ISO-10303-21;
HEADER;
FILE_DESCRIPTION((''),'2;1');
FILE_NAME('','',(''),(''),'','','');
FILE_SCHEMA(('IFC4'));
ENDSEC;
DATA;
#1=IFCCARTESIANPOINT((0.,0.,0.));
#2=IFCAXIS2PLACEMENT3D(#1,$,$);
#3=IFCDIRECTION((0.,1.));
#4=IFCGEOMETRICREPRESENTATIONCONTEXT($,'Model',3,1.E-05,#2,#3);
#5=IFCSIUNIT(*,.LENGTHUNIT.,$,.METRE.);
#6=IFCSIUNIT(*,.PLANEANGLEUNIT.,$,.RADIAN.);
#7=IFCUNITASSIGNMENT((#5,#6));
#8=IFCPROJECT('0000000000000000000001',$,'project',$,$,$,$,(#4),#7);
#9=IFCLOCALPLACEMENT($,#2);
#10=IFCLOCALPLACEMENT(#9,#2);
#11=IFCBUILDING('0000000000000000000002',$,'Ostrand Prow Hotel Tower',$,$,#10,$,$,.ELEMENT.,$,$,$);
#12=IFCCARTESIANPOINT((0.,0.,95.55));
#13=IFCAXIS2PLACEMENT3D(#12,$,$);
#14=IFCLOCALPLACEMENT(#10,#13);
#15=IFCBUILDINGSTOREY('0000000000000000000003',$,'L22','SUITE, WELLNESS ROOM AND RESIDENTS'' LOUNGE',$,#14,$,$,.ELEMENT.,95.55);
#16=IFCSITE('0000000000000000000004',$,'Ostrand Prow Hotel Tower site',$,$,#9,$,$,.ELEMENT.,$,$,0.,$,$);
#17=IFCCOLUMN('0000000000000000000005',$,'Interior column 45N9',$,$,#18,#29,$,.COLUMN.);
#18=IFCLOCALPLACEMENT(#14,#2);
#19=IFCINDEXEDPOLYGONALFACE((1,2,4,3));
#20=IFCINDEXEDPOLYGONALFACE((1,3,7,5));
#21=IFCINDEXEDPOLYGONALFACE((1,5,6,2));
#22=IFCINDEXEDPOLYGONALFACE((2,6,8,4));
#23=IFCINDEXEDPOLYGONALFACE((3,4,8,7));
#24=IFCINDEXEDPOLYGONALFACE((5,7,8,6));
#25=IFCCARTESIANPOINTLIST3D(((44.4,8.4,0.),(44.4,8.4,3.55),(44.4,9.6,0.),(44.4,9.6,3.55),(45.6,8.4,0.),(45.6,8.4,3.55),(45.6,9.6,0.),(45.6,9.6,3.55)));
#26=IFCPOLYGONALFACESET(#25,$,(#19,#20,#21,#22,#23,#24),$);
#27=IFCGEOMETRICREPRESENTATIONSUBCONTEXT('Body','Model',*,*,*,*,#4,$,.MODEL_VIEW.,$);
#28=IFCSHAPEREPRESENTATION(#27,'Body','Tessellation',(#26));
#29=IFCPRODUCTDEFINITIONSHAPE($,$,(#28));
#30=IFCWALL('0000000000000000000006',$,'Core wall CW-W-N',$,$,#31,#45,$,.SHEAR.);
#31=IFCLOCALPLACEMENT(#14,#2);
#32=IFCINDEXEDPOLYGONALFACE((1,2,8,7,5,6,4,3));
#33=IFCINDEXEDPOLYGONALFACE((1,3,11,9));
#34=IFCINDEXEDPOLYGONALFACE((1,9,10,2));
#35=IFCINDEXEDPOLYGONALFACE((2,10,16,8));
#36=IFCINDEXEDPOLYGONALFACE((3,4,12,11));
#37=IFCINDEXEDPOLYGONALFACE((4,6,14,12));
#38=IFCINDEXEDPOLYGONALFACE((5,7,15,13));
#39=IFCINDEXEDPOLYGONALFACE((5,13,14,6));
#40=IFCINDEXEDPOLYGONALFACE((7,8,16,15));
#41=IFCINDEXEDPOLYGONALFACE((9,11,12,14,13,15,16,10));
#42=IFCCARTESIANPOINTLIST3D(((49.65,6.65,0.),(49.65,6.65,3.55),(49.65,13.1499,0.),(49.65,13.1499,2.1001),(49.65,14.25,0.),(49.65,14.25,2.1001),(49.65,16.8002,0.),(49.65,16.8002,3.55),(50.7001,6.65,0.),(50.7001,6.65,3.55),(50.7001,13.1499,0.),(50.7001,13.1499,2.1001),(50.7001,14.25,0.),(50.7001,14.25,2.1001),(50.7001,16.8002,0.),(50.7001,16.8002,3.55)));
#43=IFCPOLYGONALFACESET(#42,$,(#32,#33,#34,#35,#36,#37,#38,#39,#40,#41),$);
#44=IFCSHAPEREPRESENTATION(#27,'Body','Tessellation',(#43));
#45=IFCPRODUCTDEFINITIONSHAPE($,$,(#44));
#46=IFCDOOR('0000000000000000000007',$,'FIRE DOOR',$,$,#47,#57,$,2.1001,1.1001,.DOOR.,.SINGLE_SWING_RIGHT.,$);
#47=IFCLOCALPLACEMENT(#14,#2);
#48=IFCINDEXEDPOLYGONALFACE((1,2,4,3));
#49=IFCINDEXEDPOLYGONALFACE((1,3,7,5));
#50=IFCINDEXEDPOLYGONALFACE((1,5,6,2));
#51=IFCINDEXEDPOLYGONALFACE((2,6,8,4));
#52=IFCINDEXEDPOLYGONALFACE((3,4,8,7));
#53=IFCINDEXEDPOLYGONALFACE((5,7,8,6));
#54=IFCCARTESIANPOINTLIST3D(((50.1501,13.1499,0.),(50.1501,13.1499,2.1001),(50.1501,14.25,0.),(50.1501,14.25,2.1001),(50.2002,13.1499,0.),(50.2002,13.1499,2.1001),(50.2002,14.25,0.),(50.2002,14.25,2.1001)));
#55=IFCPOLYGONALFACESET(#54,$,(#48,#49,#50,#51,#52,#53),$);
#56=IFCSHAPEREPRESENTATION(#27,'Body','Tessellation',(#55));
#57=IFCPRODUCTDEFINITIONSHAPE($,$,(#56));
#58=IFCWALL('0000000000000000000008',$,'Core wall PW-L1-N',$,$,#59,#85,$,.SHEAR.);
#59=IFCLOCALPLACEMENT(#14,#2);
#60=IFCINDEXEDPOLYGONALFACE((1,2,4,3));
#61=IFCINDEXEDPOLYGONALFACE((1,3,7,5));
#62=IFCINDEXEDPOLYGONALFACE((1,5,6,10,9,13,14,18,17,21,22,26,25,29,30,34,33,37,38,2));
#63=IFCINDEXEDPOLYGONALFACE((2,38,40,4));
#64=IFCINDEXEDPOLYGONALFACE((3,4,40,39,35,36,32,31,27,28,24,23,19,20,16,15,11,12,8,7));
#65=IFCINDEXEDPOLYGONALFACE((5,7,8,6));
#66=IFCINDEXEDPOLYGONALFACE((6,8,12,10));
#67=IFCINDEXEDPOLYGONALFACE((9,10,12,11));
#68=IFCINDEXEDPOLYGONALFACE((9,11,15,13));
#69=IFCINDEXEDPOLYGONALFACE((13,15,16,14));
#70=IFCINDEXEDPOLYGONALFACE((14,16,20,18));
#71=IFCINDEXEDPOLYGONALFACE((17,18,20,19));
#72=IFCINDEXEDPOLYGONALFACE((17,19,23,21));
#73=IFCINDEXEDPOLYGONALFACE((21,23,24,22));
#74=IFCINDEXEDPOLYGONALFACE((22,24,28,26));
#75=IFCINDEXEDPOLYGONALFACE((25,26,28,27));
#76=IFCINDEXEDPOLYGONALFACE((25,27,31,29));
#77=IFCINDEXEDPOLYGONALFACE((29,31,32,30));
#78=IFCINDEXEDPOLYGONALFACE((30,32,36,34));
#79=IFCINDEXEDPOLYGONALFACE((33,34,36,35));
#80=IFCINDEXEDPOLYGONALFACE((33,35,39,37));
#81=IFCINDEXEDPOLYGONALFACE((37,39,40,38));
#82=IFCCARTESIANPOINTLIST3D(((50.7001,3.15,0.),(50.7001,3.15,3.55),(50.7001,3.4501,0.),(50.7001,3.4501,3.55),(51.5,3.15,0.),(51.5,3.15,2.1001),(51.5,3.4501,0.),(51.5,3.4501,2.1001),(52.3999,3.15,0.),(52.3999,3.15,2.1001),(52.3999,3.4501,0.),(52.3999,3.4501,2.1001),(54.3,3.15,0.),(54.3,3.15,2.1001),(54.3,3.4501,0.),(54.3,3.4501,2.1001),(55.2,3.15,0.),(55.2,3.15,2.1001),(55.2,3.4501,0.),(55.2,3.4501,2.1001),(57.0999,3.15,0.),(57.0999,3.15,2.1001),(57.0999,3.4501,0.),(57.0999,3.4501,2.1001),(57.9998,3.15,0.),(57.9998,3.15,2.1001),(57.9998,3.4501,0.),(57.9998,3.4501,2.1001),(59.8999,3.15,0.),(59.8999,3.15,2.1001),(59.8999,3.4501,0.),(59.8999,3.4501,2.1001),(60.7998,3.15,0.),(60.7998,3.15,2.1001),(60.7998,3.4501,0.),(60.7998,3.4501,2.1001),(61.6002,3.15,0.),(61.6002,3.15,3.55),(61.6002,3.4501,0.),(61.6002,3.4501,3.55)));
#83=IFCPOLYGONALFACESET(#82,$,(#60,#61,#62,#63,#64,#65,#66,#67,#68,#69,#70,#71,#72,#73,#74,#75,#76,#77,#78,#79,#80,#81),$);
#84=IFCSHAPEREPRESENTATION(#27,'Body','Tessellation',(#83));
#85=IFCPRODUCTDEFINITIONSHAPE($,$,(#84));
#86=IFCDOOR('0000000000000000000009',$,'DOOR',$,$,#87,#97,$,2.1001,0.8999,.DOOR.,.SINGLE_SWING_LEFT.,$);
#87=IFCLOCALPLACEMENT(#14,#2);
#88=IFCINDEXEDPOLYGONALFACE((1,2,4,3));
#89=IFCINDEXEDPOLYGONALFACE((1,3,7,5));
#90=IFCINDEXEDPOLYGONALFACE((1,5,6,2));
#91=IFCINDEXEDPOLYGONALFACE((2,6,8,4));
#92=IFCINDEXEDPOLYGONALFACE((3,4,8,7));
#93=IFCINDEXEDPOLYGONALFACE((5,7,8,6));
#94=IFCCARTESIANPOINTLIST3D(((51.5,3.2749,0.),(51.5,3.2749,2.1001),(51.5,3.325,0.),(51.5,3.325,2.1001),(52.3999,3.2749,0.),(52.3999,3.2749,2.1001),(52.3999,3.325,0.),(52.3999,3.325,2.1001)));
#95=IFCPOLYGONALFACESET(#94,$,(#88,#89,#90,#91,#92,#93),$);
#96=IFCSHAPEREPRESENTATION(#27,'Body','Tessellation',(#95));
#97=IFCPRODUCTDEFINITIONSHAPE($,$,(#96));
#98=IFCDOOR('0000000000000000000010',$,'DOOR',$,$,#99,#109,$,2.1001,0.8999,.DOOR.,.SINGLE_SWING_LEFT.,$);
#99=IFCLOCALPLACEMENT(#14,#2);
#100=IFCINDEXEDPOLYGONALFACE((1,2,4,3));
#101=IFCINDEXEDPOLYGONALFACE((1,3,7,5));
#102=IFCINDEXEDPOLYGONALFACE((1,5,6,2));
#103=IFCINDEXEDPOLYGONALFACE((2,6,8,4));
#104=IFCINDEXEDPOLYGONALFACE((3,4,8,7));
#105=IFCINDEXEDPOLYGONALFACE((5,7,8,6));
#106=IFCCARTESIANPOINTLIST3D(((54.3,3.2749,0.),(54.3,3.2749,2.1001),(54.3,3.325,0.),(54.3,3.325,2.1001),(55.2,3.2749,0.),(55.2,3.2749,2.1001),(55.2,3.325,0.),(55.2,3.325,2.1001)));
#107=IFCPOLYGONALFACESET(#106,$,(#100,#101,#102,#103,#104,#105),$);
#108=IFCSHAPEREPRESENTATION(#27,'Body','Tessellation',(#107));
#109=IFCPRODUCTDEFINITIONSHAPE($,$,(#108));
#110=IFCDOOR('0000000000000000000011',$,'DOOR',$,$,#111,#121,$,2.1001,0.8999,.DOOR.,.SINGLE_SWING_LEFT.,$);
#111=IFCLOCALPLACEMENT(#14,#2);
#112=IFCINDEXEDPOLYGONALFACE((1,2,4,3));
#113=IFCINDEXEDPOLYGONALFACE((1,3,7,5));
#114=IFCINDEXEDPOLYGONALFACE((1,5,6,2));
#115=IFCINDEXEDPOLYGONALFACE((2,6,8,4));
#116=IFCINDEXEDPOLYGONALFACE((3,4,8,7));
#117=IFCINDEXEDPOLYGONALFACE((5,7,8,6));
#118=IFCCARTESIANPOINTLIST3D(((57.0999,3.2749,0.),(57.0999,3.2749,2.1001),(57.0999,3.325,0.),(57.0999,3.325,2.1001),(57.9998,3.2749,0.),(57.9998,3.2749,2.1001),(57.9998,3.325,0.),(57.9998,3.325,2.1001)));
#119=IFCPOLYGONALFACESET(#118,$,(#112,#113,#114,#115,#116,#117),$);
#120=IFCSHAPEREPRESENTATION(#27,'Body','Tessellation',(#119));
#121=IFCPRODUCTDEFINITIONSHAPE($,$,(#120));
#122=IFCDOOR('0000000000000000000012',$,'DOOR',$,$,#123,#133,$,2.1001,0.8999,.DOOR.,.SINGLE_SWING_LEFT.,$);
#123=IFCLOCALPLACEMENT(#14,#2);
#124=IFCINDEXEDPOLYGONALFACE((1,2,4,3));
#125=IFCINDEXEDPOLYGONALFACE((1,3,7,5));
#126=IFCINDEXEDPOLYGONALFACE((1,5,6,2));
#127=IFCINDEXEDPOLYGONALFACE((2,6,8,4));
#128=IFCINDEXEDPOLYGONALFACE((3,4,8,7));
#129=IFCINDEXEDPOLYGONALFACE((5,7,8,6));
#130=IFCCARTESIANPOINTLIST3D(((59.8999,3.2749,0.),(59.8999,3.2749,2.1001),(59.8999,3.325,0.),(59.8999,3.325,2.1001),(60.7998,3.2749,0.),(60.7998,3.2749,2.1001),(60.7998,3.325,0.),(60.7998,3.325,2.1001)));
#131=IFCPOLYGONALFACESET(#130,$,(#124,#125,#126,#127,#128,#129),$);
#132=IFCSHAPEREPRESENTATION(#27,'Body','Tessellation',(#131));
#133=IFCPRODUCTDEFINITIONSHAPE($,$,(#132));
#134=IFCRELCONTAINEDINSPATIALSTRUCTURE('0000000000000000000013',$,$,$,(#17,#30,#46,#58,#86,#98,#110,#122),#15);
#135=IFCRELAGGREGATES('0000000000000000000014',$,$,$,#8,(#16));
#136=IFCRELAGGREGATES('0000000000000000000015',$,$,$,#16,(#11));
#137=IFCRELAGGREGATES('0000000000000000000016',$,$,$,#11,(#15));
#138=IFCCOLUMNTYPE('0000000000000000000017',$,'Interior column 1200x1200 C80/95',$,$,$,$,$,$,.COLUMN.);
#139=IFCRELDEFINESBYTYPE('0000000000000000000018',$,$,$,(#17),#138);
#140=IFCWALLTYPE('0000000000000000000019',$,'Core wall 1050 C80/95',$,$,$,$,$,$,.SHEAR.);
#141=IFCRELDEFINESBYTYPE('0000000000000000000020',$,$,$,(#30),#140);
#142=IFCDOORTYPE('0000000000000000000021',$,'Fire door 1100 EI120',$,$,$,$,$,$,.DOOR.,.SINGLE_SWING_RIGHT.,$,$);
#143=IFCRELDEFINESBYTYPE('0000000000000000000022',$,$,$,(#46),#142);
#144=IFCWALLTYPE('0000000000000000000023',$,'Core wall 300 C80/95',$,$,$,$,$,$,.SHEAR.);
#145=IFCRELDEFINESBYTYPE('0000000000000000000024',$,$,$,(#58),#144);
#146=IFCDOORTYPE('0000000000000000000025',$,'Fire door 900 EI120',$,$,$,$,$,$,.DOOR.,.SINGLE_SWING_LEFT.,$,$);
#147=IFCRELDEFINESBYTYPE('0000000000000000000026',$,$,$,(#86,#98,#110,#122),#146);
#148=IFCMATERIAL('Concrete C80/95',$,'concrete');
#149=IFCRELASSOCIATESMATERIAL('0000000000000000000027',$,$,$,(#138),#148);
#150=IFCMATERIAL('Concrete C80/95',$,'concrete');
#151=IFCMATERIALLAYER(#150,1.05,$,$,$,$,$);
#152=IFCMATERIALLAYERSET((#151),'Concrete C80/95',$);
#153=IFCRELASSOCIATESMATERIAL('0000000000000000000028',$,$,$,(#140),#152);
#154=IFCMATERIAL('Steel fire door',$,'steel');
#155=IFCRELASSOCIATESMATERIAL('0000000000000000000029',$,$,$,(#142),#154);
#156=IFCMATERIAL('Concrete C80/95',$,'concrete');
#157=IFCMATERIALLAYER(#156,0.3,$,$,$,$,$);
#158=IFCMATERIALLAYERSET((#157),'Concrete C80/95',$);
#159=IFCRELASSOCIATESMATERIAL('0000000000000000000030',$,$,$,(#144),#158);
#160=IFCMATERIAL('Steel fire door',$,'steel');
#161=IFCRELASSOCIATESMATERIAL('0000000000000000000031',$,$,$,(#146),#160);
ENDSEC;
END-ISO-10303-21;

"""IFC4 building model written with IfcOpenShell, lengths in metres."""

from ifc_helpers import new_model, si_unit, direction, frame, frame_2d, origin, origin_2d, place, context, subcontext, project, spatial, rectangle, extrude, material, layer, layer_set, material_profile, profile_set, type_object, element, fill, save


model = new_model("IFC4")

# Units and contexts
model_context = context("Model", 3, precision=1e-05, world=origin(), true_north=direction((0.0, 1.0)))
body_context = subcontext(model_context, "Body", "Model", "MODEL_VIEW")
ifc_project = project(units=[si_unit("LENGTHUNIT", "METRE"), si_unit("PLANEANGLEUNIT", "RADIAN")], contexts=[model_context])

# Site, building, storey
site_placement = place(None, origin())
site = spatial("IfcSite", under=ifc_project, at=site_placement, Name="Ostrand Prow Hotel Tower site", CompositionType="ELEMENT", RefElevation=0.0)
building_placement = place(site_placement, origin())
building = spatial("IfcBuilding", under=site, at=building_placement, Name="Ostrand Prow Hotel Tower", CompositionType="ELEMENT")
storey_placement = place(building_placement, frame((0.0, 0.0, 95.55)))
storey = spatial("IfcBuildingStorey", under=building, at=storey_placement, Name="L22", Description="SUITE, WELLNESS ROOM AND RESIDENTS' LOUNGE", CompositionType="ELEMENT", Elevation=95.55)

# Column
ifc_material_1 = material(Name="Concrete C80/95", Category="concrete")
ifc_material_profile = material_profile(ifc_material_1, rectangle(XDim=1.2, YDim=1.2, at=origin_2d()), Name="RC 1200x1200")
ifc_profile_set = profile_set([ifc_material_profile], Name="Concrete C80/95")
column_type = type_object("IfcColumnType", Name="Interior column 1200x1200 C80/95", PredefinedType="COLUMN", material=ifc_profile_set)
column_placement = place(storey_placement, frame((45.0, 9.0, 0.0), z_axis=(0.0, 0.0, 1.0), x_axis=(1.0, 0.0, 0.0)))
element("IfcColumn", 1, at=column_placement, inside=storey, type_object=column_type, Name="Interior column 45N9", PredefinedType="COLUMN", context=body_context, shape_type="SweptSolid", body=[
    extrude(rectangle(XDim=1.2, YDim=1.2, at=origin_2d()), origin(), (0.0, 0.0, 1.0), 3.55),
])

# Wall, opening, door
ifc_material_2 = material(Name="Concrete C80/95", Category="concrete")
ifc_layer_1 = layer(ifc_material_2, 1.05)
ifc_layer_set_1 = layer_set([ifc_layer_1], Name="Concrete C80/95")
wall_type_1 = type_object("IfcWallType", Name="Core wall 1050 C80/95", PredefinedType="SHEAR", material=ifc_layer_set_1)
wall_1_placement = place(storey_placement, frame((50.175, 6.6499, 0.0), z_axis=(0.0, 0.0, 1.0), x_axis=(0.0, 1.0, 0.0)))
wall_1 = element("IfcWall", 2, at=wall_1_placement, inside=storey, type_object=wall_type_1, Name="Core wall CW-W-N", PredefinedType="SHEAR", context=body_context, shape_type="SweptSolid", body=[
    extrude(rectangle(XDim=10.1501, YDim=1.05, at=frame_2d((5.0752, 0.0))), origin(), (0.0, 0.0, 1.0), 3.55),
])
opening_1_placement = place(wall_1_placement, frame((6.5, 0.0, 0.0)))
opening_1 = element("IfcOpeningElement", 3, at=opening_1_placement, cuts=wall_1, PredefinedType="OPENING", context=body_context, shape_type="SweptSolid", body=[
    extrude(rectangle(XDim=1.1001, YDim=2.1001, at=frame_2d((0.55, 1.05))), frame((0.0, 0.5349, 0.0), z_axis=(0.0, -1.0, 0.0), x_axis=(1.0, 0.0, 0.0)), (0.0, 0.0, 1.0), 1.0701),
])
ifc_material_3 = material(Name="Steel fire door", Category="steel")
door_type_1 = type_object("IfcDoorType", Name="Fire door 1100 EI120", OperationType="SINGLE_SWING_RIGHT", PredefinedType="DOOR", material=ifc_material_3)
door_1_placement = place(opening_1_placement, origin())
door_1 = element("IfcDoor", 4, at=door_1_placement, inside=storey, type_object=door_type_1, Name="FIRE DOOR", OperationType="SINGLE_SWING_RIGHT", OverallHeight=2.1001, OverallWidth=1.1001, PredefinedType="DOOR", context=body_context, shape_type="SweptSolid", body=[
    extrude(rectangle(XDim=1.1001, YDim=2.1001, at=frame_2d((0.55, 1.05))), frame((0.0, 0.0249, 0.0), z_axis=(0.0, -1.0, 0.0), x_axis=(1.0, 0.0, 0.0)), (0.0, 0.0, 1.0), 0.05),
])
fill(opening_1, door_1)

# Wall, openings, doors
ifc_material_4 = material(Name="Concrete C80/95", Category="concrete")
ifc_layer_2 = layer(ifc_material_4, 0.3)
ifc_layer_set_2 = layer_set([ifc_layer_2], Name="Concrete C80/95")
wall_type_2 = type_object("IfcWallType", Name="Core wall 300 C80/95", PredefinedType="SHEAR", material=ifc_layer_set_2)
wall_2_placement = place(storey_placement, frame((50.7, 3.3, 0.0), z_axis=(0.0, 0.0, 1.0), x_axis=(1.0, 0.0, 0.0)))
wall_2 = element("IfcWall", 5, at=wall_2_placement, inside=storey, type_object=wall_type_2, Name="Core wall PW-L1-N", PredefinedType="SHEAR", context=body_context, shape_type="SweptSolid", body=[
    extrude(rectangle(XDim=10.9001, YDim=0.3, at=frame_2d((5.4502, 0.0))), origin(), (0.0, 0.0, 1.0), 3.55),
])
opening_2_placement = place(wall_2_placement, frame((0.8, 0.0, 0.0)))
opening_2 = element("IfcOpeningElement", 6, at=opening_2_placement, cuts=wall_2, PredefinedType="OPENING", context=body_context, shape_type="SweptSolid", body=[
    extrude(rectangle(XDim=0.8999, YDim=2.1001, at=frame_2d((0.45, 1.05))), frame((0.0, 0.1599, 0.0), z_axis=(0.0, -1.0, 0.0), x_axis=(1.0, 0.0, 0.0)), (0.0, 0.0, 1.0), 0.3201),
])
opening_3_placement = place(wall_2_placement, frame((3.6001, 0.0, 0.0)))
opening_3 = element("IfcOpeningElement", 7, at=opening_3_placement, cuts=wall_2, PredefinedType="OPENING", context=body_context, shape_type="SweptSolid", body=[
    extrude(rectangle(XDim=0.8999, YDim=2.1001, at=frame_2d((0.45, 1.05))), frame((0.0, 0.1599, 0.0), z_axis=(0.0, -1.0, 0.0), x_axis=(1.0, 0.0, 0.0)), (0.0, 0.0, 1.0), 0.3201),
])
opening_4_placement = place(wall_2_placement, frame((6.3999, 0.0, 0.0)))
opening_4 = element("IfcOpeningElement", 8, at=opening_4_placement, cuts=wall_2, PredefinedType="OPENING", context=body_context, shape_type="SweptSolid", body=[
    extrude(rectangle(XDim=0.8999, YDim=2.1001, at=frame_2d((0.45, 1.05))), frame((0.0, 0.1599, 0.0), z_axis=(0.0, -1.0, 0.0), x_axis=(1.0, 0.0, 0.0)), (0.0, 0.0, 1.0), 0.3201),
])
opening_5_placement = place(wall_2_placement, frame((9.2, 0.0, 0.0)))
opening_5 = element("IfcOpeningElement", 9, at=opening_5_placement, cuts=wall_2, PredefinedType="OPENING", context=body_context, shape_type="SweptSolid", body=[
    extrude(rectangle(XDim=0.8999, YDim=2.1001, at=frame_2d((0.45, 1.05))), frame((0.0, 0.1599, 0.0), z_axis=(0.0, -1.0, 0.0), x_axis=(1.0, 0.0, 0.0)), (0.0, 0.0, 1.0), 0.3201),
])
ifc_material_5 = material(Name="Steel fire door", Category="steel")
door_type_2 = type_object("IfcDoorType", Name="Fire door 900 EI120", OperationType="SINGLE_SWING_LEFT", PredefinedType="DOOR", material=ifc_material_5)
door_2_placement = place(opening_2_placement, origin())
door_2 = element("IfcDoor", 10, at=door_2_placement, inside=storey, type_object=door_type_2, Name="DOOR", OperationType="SINGLE_SWING_LEFT", OverallHeight=2.1001, OverallWidth=0.8999, PredefinedType="DOOR", context=body_context, shape_type="SweptSolid", body=[
    extrude(rectangle(XDim=0.8999, YDim=2.1001, at=frame_2d((0.45, 1.05))), frame((0.0, 0.0249, 0.0), z_axis=(0.0, -1.0, 0.0), x_axis=(1.0, 0.0, 0.0)), (0.0, 0.0, 1.0), 0.05),
])
fill(opening_2, door_2)
door_3_placement = place(opening_3_placement, origin())
door_3 = element("IfcDoor", 11, at=door_3_placement, inside=storey, type_object=door_type_2, Name="DOOR", OperationType="SINGLE_SWING_LEFT", OverallHeight=2.1001, OverallWidth=0.8999, PredefinedType="DOOR", context=body_context, shape_type="SweptSolid", body=[
    extrude(rectangle(XDim=0.8999, YDim=2.1001, at=frame_2d((0.45, 1.05))), frame((0.0, 0.0249, 0.0), z_axis=(0.0, -1.0, 0.0), x_axis=(1.0, 0.0, 0.0)), (0.0, 0.0, 1.0), 0.05),
])
fill(opening_3, door_3)
door_4_placement = place(opening_4_placement, origin())
door_4 = element("IfcDoor", 12, at=door_4_placement, inside=storey, type_object=door_type_2, Name="DOOR", OperationType="SINGLE_SWING_LEFT", OverallHeight=2.1001, OverallWidth=0.8999, PredefinedType="DOOR", context=body_context, shape_type="SweptSolid", body=[
    extrude(rectangle(XDim=0.8999, YDim=2.1001, at=frame_2d((0.45, 1.05))), frame((0.0, 0.0249, 0.0), z_axis=(0.0, -1.0, 0.0), x_axis=(1.0, 0.0, 0.0)), (0.0, 0.0, 1.0), 0.05),
])
fill(opening_4, door_4)
door_5_placement = place(opening_5_placement, origin())
door_5 = element("IfcDoor", 13, at=door_5_placement, inside=storey, type_object=door_type_2, Name="DOOR", OperationType="SINGLE_SWING_LEFT", OverallHeight=2.1001, OverallWidth=0.8999, PredefinedType="DOOR", context=body_context, shape_type="SweptSolid", body=[
    extrude(rectangle(XDim=0.8999, YDim=2.1001, at=frame_2d((0.45, 1.05))), frame((0.0, 0.0249, 0.0), z_axis=(0.0, -1.0, 0.0), x_axis=(1.0, 0.0, 0.0)), (0.0, 0.0, 1.0), 0.05),
])
fill(opening_5, door_5)

save(model, "model.ifc")
